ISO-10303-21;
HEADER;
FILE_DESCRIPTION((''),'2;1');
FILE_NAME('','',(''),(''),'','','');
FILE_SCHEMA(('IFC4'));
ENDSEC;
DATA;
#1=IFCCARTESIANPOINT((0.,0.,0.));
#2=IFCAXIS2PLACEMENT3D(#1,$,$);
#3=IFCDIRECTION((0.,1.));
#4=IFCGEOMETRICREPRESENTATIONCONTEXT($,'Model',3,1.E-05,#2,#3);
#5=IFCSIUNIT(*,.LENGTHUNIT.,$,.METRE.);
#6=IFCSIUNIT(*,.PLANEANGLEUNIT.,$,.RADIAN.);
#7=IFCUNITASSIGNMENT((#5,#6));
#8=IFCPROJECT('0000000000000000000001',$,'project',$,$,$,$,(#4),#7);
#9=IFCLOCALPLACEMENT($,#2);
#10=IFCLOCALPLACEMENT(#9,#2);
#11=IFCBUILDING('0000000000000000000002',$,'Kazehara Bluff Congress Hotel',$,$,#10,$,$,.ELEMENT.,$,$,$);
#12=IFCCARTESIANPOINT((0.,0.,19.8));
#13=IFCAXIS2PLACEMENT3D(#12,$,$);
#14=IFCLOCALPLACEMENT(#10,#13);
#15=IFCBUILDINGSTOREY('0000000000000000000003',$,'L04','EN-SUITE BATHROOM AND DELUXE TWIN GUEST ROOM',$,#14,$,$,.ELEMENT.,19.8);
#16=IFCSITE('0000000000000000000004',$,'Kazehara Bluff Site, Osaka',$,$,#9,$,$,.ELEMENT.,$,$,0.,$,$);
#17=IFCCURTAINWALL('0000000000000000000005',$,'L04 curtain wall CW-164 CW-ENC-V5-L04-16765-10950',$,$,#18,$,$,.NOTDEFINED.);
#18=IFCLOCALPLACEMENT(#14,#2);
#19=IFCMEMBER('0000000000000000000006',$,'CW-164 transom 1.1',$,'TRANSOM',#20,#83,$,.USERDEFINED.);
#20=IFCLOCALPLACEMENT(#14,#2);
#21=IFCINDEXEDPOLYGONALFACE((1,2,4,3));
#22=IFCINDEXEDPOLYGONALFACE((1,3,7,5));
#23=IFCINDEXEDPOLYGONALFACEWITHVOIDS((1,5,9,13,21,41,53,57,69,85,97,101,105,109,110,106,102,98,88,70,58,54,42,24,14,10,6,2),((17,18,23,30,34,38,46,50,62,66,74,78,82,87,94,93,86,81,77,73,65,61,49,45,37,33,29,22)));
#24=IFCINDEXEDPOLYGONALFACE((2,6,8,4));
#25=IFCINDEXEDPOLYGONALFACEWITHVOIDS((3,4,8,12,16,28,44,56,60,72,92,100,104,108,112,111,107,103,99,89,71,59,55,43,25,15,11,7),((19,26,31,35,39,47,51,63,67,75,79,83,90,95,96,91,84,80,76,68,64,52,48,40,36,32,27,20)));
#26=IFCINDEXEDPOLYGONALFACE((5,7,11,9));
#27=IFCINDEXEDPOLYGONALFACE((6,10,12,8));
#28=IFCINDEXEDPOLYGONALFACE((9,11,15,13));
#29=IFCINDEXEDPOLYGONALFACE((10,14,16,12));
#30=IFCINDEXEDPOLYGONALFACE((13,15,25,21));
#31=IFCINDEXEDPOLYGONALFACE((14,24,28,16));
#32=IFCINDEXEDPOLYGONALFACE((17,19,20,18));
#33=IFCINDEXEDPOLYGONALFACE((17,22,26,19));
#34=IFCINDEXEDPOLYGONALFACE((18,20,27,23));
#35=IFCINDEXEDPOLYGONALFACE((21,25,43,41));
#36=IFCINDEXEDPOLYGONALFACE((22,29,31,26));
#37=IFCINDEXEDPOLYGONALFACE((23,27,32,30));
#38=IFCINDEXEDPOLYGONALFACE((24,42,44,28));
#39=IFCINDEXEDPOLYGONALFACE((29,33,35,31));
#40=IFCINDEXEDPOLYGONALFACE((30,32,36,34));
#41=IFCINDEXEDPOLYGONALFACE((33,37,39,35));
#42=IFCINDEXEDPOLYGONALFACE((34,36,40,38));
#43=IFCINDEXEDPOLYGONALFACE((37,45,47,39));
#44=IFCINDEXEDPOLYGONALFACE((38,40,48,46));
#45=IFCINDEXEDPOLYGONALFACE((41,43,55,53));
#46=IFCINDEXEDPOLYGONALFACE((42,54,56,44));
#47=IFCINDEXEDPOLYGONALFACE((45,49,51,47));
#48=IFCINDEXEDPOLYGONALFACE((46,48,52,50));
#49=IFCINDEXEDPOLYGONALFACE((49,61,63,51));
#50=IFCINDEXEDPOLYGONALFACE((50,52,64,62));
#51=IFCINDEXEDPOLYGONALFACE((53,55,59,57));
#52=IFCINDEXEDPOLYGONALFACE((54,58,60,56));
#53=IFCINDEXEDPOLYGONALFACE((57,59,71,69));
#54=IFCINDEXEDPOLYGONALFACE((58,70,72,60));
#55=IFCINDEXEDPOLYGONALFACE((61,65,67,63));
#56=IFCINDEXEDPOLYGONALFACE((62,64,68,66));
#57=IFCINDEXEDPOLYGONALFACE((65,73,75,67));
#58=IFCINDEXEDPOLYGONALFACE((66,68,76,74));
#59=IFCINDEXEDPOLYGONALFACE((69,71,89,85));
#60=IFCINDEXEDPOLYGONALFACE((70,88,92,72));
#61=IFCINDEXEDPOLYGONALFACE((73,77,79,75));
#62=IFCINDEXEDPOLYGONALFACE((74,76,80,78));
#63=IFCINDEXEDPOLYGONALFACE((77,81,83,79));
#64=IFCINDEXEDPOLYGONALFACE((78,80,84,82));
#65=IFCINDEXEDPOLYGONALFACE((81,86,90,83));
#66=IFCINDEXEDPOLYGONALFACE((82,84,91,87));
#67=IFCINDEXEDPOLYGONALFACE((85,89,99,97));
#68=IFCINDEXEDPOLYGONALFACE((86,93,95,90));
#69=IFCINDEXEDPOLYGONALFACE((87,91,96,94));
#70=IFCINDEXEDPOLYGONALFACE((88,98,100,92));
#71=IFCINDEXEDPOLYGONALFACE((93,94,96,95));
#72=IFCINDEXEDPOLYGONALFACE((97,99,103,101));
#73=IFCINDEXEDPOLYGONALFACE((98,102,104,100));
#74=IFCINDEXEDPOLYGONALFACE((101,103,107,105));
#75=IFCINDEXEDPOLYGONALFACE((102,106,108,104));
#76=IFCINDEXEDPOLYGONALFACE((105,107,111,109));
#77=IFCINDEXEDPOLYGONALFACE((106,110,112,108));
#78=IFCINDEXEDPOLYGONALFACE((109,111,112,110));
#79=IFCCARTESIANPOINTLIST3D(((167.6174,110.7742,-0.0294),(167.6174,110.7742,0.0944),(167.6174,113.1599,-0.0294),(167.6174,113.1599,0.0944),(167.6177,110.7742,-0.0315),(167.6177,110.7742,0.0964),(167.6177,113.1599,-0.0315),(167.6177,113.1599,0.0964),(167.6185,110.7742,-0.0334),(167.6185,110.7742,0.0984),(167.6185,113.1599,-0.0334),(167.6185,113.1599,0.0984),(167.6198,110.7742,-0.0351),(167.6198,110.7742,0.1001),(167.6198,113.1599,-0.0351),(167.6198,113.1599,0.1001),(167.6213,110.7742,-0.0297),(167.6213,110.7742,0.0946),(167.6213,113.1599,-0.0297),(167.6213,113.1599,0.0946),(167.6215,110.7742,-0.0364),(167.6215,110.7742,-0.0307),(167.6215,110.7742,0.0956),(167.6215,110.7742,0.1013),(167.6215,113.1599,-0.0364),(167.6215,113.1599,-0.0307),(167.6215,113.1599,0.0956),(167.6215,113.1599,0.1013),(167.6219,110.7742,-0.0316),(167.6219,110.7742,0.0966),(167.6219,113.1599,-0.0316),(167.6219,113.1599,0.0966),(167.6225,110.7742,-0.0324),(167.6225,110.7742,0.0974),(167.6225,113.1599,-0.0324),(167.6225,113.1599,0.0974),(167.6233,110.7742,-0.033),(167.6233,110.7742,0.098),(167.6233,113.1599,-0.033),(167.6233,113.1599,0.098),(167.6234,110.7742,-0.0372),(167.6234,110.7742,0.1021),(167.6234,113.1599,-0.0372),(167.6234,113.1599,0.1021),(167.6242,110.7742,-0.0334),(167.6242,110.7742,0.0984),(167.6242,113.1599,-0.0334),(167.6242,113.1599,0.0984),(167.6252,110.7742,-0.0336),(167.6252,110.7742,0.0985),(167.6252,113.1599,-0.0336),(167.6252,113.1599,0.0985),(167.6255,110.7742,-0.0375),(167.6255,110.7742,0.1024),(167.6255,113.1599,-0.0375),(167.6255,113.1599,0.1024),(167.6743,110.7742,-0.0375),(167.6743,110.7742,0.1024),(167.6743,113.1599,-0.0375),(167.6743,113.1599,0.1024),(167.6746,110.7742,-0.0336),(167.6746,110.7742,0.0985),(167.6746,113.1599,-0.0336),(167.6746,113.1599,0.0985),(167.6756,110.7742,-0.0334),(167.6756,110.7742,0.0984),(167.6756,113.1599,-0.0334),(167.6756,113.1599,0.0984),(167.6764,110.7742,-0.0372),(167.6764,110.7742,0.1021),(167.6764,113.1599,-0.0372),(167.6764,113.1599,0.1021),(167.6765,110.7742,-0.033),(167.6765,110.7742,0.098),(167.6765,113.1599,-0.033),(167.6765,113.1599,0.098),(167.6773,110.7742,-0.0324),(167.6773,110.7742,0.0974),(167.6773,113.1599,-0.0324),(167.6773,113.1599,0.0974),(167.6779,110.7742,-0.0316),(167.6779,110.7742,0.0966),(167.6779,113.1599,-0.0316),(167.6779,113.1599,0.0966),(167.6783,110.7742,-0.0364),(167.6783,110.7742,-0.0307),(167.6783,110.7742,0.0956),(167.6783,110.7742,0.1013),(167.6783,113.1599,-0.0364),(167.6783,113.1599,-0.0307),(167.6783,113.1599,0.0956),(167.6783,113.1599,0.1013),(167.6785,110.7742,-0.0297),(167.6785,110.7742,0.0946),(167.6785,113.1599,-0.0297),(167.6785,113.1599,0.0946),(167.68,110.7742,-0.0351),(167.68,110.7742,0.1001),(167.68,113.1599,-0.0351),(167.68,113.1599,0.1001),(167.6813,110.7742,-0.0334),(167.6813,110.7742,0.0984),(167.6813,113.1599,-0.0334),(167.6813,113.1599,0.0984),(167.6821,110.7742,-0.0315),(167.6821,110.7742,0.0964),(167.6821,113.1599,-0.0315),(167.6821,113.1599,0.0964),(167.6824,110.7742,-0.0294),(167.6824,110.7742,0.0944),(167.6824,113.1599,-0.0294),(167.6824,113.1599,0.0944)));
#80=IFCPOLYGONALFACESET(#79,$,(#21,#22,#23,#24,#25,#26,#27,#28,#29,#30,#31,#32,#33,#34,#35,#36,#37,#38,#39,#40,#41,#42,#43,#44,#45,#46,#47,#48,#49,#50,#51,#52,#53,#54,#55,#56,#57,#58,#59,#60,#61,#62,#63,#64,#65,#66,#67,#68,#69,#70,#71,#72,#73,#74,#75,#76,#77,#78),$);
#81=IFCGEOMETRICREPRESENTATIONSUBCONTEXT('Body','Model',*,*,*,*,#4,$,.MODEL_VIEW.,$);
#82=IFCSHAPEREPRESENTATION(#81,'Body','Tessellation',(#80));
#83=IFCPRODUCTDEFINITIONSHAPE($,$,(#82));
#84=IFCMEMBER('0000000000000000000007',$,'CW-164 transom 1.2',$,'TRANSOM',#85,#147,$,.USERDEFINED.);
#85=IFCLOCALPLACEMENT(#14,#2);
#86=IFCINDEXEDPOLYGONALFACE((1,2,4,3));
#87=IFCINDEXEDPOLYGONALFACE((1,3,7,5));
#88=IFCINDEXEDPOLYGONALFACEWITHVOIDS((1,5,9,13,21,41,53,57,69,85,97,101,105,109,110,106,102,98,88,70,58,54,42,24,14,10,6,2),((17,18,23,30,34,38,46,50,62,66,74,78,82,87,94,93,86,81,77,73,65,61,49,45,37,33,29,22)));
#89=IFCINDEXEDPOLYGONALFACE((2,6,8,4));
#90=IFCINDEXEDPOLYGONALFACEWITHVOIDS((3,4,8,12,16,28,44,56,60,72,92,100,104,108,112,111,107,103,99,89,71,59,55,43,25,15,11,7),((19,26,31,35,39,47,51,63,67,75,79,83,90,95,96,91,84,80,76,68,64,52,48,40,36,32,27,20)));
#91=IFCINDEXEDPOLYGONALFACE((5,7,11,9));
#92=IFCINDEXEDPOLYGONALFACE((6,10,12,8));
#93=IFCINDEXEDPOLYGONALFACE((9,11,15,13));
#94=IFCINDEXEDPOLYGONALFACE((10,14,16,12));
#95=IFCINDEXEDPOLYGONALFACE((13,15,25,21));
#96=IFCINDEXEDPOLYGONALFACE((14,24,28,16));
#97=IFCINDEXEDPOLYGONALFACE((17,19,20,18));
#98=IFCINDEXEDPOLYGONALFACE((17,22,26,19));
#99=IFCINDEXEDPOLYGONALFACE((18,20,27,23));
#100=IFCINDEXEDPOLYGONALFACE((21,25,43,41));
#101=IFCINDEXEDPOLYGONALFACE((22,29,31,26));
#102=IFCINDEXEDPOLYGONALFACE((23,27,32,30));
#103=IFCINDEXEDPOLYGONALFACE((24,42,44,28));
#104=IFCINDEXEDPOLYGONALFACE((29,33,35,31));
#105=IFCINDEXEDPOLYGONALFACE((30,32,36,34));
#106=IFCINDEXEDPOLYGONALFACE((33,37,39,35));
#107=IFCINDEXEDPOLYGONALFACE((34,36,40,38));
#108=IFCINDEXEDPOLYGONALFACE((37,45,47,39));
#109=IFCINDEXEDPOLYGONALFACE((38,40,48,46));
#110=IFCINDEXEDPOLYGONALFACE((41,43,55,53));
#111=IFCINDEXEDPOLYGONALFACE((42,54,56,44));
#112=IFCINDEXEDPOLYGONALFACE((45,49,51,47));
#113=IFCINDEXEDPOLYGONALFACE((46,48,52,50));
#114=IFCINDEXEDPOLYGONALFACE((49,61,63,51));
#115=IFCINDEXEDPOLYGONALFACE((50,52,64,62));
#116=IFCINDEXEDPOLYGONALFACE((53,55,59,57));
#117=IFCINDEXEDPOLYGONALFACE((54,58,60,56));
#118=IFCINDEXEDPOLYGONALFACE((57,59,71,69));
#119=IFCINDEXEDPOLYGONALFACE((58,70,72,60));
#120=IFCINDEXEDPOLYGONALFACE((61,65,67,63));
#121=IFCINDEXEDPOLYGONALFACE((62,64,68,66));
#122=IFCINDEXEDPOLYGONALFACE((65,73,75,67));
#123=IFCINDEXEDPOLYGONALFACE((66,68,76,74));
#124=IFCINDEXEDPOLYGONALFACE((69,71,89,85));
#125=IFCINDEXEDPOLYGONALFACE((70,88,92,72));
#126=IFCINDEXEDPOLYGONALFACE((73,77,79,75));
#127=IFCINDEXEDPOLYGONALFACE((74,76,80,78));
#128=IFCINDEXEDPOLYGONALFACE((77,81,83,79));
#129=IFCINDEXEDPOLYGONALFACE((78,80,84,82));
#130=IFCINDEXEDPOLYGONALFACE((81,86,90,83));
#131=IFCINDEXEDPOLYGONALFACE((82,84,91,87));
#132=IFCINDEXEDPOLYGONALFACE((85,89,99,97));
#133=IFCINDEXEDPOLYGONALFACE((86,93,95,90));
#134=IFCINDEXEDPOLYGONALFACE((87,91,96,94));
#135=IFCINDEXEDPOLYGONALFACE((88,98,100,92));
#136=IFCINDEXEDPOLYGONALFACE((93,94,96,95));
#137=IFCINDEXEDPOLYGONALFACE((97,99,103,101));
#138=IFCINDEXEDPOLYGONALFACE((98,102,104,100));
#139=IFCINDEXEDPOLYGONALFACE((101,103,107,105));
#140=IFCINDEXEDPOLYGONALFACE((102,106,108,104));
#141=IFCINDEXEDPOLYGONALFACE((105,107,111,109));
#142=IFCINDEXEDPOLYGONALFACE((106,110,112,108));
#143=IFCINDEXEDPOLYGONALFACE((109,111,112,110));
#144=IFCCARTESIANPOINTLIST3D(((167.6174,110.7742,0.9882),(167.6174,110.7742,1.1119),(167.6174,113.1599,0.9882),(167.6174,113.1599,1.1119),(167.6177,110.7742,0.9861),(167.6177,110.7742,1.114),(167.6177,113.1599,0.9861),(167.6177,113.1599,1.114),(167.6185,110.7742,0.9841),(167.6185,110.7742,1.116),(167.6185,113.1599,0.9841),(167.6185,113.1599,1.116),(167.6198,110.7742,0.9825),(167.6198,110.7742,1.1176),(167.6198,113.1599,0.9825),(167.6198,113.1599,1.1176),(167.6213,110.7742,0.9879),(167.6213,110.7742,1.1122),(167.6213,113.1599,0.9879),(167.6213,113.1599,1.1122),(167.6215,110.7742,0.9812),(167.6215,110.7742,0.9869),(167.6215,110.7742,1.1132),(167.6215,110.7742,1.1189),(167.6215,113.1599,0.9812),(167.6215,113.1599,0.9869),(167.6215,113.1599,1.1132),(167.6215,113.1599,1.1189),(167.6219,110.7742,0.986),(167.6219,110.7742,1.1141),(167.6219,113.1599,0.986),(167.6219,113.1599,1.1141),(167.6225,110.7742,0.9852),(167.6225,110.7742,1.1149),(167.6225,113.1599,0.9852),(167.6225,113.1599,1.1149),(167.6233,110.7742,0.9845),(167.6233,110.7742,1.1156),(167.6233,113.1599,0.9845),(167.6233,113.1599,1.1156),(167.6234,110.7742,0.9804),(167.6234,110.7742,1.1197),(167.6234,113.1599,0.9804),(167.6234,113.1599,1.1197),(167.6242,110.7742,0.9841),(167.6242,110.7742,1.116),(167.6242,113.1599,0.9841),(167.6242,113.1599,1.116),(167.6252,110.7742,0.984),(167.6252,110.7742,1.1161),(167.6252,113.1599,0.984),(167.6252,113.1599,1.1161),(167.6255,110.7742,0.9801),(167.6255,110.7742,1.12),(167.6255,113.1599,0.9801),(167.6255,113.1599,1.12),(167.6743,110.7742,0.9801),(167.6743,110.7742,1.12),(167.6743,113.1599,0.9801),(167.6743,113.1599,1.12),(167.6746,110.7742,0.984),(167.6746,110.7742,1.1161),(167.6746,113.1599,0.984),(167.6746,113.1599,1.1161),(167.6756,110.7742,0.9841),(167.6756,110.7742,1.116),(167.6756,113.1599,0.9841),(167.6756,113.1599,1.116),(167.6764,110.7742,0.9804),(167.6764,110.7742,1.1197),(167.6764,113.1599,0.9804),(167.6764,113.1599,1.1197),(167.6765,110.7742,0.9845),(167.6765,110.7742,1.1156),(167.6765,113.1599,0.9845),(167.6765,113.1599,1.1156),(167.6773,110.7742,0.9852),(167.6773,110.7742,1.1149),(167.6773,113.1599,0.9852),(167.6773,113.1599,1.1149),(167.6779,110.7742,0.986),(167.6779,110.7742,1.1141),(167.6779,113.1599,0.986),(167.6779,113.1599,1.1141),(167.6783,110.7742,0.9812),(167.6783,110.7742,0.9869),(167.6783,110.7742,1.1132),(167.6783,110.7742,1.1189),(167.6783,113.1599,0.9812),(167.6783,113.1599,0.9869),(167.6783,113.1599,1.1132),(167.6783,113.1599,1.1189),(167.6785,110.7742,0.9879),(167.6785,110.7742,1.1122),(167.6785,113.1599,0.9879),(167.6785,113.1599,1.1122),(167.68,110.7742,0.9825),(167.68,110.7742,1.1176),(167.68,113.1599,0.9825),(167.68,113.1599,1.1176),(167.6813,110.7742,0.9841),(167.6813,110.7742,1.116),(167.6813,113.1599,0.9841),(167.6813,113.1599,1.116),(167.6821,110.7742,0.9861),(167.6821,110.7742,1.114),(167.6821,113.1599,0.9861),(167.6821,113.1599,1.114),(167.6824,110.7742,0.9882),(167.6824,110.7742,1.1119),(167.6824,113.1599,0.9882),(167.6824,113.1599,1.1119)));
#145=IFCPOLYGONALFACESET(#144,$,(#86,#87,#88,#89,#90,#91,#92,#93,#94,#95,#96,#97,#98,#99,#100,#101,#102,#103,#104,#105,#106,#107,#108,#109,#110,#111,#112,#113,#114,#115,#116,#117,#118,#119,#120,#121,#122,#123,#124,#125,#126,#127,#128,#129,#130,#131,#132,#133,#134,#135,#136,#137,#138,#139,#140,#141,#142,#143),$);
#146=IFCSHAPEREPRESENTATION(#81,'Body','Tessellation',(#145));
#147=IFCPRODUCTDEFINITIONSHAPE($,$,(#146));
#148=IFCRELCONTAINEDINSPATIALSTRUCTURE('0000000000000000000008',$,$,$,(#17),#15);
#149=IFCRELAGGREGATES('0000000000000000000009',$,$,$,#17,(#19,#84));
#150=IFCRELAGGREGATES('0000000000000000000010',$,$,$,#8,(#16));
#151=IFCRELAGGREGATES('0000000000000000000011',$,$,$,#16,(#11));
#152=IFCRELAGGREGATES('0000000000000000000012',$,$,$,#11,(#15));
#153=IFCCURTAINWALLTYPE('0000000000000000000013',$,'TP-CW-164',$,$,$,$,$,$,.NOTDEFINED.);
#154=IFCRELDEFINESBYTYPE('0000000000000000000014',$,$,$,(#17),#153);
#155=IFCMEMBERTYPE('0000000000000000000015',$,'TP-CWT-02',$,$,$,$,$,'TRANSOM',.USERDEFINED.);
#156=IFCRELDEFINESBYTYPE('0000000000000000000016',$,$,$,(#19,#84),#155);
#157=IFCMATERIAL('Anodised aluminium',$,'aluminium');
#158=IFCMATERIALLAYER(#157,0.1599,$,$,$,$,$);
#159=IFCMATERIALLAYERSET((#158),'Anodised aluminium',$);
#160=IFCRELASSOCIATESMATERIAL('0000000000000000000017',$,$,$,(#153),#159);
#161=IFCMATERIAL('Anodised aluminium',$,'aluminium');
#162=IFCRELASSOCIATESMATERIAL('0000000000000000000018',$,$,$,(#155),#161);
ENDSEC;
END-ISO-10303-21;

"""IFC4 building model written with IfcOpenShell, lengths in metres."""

from ifc_helpers import new_model, si_unit, direction, frame, origin, origin_2d, place, context, subcontext, project, spatial, hollow_rectangle, extrude, material, layer, layer_set, material_profile, profile_set, type_object, element, aggregate, save


model = new_model("IFC4")

# Units and contexts
model_context = context("Model", 3, precision=1e-05, world=origin(), true_north=direction((0.0, 1.0)))
body_context = subcontext(model_context, "Body", "Model", "MODEL_VIEW")
ifc_project = project(units=[si_unit("LENGTHUNIT", "METRE"), si_unit("PLANEANGLEUNIT", "RADIAN")], contexts=[model_context])

# Site, building, storey
site_placement = place(None, origin())
site = spatial("IfcSite", under=ifc_project, at=site_placement, Name="Kazehara Bluff Site, Osaka", CompositionType="ELEMENT", RefElevation=0.0)
building_placement = place(site_placement, origin())
building = spatial("IfcBuilding", under=site, at=building_placement, Name="Kazehara Bluff Congress Hotel", CompositionType="ELEMENT")
storey_placement = place(building_placement, frame((0.0, 0.0, 19.8)))
storey = spatial("IfcBuildingStorey", under=building, at=storey_placement, Name="L04", Description="EN-SUITE BATHROOM AND DELUXE TWIN GUEST ROOM", CompositionType="ELEMENT", Elevation=19.8)

# Curtain wall
ifc_material_1 = material(Name="Anodised aluminium", Category="aluminium")
ifc_layer_1 = layer(ifc_material_1, 0.1599)
ifc_layer_set_1 = layer_set([ifc_layer_1], Name="Anodised aluminium")
curtain_wall_type_1 = type_object("IfcCurtainWallType", Name="TP-CW-164", PredefinedType="NOTDEFINED", material=ifc_layer_set_1)
curtain_wall_1_placement = place(storey_placement, origin())
curtain_wall_1 = element("IfcCurtainWall", 1, at=curtain_wall_1_placement, inside=storey, type_object=curtain_wall_type_1, Name="L04 curtain wall CW-164 CW-ENC-V5-L04-16765-10950", PredefinedType="NOTDEFINED")

# Members
ifc_material_2 = material(Name="Anodised aluminium", Category="aluminium")
ifc_material_profile_1 = material_profile(ifc_material_2, hollow_rectangle(XDim=0.0649, YDim=0.1399, WallThickness=0.0039, InnerFilletRadius=0.0039, OuterFilletRadius=0.0081, at=origin_2d()))
ifc_profile_set_1 = profile_set([ifc_material_profile_1], Name="Anodised aluminium")
member_type_1 = type_object("IfcMemberType", Name="TP-CWT-02", ElementType="TRANSOM", PredefinedType="USERDEFINED", material=ifc_profile_set_1)
member_1_placement = place(storey_placement, frame((167.6499, 113.1599, 0.0325), z_axis=(0.0, -1.0, 0.0), x_axis=(1.0, 0.0, 0.0)))
member_1 = element("IfcMember", 2, at=member_1_placement, type_object=member_type_1, Name="CW-164 transom 1.1", ObjectType="TRANSOM", PredefinedType="USERDEFINED", context=body_context, shape_type="SweptSolid", body=[
    extrude(hollow_rectangle(XDim=0.0649, YDim=0.1399, WallThickness=0.0039, InnerFilletRadius=0.0039, OuterFilletRadius=0.0081, at=origin_2d()), origin(), (0.0, 0.0, 1.0), 2.3857),
])
member_2_placement = place(storey_placement, frame((167.6499, 113.1599, 1.05), z_axis=(0.0, -1.0, 0.0), x_axis=(1.0, 0.0, 0.0)))
member_2 = element("IfcMember", 3, at=member_2_placement, type_object=member_type_1, Name="CW-164 transom 1.2", ObjectType="TRANSOM", PredefinedType="USERDEFINED", context=body_context, shape_type="SweptSolid", body=[
    extrude(hollow_rectangle(XDim=0.0649, YDim=0.1399, WallThickness=0.0039, InnerFilletRadius=0.0039, OuterFilletRadius=0.0081, at=origin_2d()), origin(), (0.0, 0.0, 1.0), 2.3857),
])

aggregate(curtain_wall_1, [member_1, member_2])

save(model, "model.ifc")
